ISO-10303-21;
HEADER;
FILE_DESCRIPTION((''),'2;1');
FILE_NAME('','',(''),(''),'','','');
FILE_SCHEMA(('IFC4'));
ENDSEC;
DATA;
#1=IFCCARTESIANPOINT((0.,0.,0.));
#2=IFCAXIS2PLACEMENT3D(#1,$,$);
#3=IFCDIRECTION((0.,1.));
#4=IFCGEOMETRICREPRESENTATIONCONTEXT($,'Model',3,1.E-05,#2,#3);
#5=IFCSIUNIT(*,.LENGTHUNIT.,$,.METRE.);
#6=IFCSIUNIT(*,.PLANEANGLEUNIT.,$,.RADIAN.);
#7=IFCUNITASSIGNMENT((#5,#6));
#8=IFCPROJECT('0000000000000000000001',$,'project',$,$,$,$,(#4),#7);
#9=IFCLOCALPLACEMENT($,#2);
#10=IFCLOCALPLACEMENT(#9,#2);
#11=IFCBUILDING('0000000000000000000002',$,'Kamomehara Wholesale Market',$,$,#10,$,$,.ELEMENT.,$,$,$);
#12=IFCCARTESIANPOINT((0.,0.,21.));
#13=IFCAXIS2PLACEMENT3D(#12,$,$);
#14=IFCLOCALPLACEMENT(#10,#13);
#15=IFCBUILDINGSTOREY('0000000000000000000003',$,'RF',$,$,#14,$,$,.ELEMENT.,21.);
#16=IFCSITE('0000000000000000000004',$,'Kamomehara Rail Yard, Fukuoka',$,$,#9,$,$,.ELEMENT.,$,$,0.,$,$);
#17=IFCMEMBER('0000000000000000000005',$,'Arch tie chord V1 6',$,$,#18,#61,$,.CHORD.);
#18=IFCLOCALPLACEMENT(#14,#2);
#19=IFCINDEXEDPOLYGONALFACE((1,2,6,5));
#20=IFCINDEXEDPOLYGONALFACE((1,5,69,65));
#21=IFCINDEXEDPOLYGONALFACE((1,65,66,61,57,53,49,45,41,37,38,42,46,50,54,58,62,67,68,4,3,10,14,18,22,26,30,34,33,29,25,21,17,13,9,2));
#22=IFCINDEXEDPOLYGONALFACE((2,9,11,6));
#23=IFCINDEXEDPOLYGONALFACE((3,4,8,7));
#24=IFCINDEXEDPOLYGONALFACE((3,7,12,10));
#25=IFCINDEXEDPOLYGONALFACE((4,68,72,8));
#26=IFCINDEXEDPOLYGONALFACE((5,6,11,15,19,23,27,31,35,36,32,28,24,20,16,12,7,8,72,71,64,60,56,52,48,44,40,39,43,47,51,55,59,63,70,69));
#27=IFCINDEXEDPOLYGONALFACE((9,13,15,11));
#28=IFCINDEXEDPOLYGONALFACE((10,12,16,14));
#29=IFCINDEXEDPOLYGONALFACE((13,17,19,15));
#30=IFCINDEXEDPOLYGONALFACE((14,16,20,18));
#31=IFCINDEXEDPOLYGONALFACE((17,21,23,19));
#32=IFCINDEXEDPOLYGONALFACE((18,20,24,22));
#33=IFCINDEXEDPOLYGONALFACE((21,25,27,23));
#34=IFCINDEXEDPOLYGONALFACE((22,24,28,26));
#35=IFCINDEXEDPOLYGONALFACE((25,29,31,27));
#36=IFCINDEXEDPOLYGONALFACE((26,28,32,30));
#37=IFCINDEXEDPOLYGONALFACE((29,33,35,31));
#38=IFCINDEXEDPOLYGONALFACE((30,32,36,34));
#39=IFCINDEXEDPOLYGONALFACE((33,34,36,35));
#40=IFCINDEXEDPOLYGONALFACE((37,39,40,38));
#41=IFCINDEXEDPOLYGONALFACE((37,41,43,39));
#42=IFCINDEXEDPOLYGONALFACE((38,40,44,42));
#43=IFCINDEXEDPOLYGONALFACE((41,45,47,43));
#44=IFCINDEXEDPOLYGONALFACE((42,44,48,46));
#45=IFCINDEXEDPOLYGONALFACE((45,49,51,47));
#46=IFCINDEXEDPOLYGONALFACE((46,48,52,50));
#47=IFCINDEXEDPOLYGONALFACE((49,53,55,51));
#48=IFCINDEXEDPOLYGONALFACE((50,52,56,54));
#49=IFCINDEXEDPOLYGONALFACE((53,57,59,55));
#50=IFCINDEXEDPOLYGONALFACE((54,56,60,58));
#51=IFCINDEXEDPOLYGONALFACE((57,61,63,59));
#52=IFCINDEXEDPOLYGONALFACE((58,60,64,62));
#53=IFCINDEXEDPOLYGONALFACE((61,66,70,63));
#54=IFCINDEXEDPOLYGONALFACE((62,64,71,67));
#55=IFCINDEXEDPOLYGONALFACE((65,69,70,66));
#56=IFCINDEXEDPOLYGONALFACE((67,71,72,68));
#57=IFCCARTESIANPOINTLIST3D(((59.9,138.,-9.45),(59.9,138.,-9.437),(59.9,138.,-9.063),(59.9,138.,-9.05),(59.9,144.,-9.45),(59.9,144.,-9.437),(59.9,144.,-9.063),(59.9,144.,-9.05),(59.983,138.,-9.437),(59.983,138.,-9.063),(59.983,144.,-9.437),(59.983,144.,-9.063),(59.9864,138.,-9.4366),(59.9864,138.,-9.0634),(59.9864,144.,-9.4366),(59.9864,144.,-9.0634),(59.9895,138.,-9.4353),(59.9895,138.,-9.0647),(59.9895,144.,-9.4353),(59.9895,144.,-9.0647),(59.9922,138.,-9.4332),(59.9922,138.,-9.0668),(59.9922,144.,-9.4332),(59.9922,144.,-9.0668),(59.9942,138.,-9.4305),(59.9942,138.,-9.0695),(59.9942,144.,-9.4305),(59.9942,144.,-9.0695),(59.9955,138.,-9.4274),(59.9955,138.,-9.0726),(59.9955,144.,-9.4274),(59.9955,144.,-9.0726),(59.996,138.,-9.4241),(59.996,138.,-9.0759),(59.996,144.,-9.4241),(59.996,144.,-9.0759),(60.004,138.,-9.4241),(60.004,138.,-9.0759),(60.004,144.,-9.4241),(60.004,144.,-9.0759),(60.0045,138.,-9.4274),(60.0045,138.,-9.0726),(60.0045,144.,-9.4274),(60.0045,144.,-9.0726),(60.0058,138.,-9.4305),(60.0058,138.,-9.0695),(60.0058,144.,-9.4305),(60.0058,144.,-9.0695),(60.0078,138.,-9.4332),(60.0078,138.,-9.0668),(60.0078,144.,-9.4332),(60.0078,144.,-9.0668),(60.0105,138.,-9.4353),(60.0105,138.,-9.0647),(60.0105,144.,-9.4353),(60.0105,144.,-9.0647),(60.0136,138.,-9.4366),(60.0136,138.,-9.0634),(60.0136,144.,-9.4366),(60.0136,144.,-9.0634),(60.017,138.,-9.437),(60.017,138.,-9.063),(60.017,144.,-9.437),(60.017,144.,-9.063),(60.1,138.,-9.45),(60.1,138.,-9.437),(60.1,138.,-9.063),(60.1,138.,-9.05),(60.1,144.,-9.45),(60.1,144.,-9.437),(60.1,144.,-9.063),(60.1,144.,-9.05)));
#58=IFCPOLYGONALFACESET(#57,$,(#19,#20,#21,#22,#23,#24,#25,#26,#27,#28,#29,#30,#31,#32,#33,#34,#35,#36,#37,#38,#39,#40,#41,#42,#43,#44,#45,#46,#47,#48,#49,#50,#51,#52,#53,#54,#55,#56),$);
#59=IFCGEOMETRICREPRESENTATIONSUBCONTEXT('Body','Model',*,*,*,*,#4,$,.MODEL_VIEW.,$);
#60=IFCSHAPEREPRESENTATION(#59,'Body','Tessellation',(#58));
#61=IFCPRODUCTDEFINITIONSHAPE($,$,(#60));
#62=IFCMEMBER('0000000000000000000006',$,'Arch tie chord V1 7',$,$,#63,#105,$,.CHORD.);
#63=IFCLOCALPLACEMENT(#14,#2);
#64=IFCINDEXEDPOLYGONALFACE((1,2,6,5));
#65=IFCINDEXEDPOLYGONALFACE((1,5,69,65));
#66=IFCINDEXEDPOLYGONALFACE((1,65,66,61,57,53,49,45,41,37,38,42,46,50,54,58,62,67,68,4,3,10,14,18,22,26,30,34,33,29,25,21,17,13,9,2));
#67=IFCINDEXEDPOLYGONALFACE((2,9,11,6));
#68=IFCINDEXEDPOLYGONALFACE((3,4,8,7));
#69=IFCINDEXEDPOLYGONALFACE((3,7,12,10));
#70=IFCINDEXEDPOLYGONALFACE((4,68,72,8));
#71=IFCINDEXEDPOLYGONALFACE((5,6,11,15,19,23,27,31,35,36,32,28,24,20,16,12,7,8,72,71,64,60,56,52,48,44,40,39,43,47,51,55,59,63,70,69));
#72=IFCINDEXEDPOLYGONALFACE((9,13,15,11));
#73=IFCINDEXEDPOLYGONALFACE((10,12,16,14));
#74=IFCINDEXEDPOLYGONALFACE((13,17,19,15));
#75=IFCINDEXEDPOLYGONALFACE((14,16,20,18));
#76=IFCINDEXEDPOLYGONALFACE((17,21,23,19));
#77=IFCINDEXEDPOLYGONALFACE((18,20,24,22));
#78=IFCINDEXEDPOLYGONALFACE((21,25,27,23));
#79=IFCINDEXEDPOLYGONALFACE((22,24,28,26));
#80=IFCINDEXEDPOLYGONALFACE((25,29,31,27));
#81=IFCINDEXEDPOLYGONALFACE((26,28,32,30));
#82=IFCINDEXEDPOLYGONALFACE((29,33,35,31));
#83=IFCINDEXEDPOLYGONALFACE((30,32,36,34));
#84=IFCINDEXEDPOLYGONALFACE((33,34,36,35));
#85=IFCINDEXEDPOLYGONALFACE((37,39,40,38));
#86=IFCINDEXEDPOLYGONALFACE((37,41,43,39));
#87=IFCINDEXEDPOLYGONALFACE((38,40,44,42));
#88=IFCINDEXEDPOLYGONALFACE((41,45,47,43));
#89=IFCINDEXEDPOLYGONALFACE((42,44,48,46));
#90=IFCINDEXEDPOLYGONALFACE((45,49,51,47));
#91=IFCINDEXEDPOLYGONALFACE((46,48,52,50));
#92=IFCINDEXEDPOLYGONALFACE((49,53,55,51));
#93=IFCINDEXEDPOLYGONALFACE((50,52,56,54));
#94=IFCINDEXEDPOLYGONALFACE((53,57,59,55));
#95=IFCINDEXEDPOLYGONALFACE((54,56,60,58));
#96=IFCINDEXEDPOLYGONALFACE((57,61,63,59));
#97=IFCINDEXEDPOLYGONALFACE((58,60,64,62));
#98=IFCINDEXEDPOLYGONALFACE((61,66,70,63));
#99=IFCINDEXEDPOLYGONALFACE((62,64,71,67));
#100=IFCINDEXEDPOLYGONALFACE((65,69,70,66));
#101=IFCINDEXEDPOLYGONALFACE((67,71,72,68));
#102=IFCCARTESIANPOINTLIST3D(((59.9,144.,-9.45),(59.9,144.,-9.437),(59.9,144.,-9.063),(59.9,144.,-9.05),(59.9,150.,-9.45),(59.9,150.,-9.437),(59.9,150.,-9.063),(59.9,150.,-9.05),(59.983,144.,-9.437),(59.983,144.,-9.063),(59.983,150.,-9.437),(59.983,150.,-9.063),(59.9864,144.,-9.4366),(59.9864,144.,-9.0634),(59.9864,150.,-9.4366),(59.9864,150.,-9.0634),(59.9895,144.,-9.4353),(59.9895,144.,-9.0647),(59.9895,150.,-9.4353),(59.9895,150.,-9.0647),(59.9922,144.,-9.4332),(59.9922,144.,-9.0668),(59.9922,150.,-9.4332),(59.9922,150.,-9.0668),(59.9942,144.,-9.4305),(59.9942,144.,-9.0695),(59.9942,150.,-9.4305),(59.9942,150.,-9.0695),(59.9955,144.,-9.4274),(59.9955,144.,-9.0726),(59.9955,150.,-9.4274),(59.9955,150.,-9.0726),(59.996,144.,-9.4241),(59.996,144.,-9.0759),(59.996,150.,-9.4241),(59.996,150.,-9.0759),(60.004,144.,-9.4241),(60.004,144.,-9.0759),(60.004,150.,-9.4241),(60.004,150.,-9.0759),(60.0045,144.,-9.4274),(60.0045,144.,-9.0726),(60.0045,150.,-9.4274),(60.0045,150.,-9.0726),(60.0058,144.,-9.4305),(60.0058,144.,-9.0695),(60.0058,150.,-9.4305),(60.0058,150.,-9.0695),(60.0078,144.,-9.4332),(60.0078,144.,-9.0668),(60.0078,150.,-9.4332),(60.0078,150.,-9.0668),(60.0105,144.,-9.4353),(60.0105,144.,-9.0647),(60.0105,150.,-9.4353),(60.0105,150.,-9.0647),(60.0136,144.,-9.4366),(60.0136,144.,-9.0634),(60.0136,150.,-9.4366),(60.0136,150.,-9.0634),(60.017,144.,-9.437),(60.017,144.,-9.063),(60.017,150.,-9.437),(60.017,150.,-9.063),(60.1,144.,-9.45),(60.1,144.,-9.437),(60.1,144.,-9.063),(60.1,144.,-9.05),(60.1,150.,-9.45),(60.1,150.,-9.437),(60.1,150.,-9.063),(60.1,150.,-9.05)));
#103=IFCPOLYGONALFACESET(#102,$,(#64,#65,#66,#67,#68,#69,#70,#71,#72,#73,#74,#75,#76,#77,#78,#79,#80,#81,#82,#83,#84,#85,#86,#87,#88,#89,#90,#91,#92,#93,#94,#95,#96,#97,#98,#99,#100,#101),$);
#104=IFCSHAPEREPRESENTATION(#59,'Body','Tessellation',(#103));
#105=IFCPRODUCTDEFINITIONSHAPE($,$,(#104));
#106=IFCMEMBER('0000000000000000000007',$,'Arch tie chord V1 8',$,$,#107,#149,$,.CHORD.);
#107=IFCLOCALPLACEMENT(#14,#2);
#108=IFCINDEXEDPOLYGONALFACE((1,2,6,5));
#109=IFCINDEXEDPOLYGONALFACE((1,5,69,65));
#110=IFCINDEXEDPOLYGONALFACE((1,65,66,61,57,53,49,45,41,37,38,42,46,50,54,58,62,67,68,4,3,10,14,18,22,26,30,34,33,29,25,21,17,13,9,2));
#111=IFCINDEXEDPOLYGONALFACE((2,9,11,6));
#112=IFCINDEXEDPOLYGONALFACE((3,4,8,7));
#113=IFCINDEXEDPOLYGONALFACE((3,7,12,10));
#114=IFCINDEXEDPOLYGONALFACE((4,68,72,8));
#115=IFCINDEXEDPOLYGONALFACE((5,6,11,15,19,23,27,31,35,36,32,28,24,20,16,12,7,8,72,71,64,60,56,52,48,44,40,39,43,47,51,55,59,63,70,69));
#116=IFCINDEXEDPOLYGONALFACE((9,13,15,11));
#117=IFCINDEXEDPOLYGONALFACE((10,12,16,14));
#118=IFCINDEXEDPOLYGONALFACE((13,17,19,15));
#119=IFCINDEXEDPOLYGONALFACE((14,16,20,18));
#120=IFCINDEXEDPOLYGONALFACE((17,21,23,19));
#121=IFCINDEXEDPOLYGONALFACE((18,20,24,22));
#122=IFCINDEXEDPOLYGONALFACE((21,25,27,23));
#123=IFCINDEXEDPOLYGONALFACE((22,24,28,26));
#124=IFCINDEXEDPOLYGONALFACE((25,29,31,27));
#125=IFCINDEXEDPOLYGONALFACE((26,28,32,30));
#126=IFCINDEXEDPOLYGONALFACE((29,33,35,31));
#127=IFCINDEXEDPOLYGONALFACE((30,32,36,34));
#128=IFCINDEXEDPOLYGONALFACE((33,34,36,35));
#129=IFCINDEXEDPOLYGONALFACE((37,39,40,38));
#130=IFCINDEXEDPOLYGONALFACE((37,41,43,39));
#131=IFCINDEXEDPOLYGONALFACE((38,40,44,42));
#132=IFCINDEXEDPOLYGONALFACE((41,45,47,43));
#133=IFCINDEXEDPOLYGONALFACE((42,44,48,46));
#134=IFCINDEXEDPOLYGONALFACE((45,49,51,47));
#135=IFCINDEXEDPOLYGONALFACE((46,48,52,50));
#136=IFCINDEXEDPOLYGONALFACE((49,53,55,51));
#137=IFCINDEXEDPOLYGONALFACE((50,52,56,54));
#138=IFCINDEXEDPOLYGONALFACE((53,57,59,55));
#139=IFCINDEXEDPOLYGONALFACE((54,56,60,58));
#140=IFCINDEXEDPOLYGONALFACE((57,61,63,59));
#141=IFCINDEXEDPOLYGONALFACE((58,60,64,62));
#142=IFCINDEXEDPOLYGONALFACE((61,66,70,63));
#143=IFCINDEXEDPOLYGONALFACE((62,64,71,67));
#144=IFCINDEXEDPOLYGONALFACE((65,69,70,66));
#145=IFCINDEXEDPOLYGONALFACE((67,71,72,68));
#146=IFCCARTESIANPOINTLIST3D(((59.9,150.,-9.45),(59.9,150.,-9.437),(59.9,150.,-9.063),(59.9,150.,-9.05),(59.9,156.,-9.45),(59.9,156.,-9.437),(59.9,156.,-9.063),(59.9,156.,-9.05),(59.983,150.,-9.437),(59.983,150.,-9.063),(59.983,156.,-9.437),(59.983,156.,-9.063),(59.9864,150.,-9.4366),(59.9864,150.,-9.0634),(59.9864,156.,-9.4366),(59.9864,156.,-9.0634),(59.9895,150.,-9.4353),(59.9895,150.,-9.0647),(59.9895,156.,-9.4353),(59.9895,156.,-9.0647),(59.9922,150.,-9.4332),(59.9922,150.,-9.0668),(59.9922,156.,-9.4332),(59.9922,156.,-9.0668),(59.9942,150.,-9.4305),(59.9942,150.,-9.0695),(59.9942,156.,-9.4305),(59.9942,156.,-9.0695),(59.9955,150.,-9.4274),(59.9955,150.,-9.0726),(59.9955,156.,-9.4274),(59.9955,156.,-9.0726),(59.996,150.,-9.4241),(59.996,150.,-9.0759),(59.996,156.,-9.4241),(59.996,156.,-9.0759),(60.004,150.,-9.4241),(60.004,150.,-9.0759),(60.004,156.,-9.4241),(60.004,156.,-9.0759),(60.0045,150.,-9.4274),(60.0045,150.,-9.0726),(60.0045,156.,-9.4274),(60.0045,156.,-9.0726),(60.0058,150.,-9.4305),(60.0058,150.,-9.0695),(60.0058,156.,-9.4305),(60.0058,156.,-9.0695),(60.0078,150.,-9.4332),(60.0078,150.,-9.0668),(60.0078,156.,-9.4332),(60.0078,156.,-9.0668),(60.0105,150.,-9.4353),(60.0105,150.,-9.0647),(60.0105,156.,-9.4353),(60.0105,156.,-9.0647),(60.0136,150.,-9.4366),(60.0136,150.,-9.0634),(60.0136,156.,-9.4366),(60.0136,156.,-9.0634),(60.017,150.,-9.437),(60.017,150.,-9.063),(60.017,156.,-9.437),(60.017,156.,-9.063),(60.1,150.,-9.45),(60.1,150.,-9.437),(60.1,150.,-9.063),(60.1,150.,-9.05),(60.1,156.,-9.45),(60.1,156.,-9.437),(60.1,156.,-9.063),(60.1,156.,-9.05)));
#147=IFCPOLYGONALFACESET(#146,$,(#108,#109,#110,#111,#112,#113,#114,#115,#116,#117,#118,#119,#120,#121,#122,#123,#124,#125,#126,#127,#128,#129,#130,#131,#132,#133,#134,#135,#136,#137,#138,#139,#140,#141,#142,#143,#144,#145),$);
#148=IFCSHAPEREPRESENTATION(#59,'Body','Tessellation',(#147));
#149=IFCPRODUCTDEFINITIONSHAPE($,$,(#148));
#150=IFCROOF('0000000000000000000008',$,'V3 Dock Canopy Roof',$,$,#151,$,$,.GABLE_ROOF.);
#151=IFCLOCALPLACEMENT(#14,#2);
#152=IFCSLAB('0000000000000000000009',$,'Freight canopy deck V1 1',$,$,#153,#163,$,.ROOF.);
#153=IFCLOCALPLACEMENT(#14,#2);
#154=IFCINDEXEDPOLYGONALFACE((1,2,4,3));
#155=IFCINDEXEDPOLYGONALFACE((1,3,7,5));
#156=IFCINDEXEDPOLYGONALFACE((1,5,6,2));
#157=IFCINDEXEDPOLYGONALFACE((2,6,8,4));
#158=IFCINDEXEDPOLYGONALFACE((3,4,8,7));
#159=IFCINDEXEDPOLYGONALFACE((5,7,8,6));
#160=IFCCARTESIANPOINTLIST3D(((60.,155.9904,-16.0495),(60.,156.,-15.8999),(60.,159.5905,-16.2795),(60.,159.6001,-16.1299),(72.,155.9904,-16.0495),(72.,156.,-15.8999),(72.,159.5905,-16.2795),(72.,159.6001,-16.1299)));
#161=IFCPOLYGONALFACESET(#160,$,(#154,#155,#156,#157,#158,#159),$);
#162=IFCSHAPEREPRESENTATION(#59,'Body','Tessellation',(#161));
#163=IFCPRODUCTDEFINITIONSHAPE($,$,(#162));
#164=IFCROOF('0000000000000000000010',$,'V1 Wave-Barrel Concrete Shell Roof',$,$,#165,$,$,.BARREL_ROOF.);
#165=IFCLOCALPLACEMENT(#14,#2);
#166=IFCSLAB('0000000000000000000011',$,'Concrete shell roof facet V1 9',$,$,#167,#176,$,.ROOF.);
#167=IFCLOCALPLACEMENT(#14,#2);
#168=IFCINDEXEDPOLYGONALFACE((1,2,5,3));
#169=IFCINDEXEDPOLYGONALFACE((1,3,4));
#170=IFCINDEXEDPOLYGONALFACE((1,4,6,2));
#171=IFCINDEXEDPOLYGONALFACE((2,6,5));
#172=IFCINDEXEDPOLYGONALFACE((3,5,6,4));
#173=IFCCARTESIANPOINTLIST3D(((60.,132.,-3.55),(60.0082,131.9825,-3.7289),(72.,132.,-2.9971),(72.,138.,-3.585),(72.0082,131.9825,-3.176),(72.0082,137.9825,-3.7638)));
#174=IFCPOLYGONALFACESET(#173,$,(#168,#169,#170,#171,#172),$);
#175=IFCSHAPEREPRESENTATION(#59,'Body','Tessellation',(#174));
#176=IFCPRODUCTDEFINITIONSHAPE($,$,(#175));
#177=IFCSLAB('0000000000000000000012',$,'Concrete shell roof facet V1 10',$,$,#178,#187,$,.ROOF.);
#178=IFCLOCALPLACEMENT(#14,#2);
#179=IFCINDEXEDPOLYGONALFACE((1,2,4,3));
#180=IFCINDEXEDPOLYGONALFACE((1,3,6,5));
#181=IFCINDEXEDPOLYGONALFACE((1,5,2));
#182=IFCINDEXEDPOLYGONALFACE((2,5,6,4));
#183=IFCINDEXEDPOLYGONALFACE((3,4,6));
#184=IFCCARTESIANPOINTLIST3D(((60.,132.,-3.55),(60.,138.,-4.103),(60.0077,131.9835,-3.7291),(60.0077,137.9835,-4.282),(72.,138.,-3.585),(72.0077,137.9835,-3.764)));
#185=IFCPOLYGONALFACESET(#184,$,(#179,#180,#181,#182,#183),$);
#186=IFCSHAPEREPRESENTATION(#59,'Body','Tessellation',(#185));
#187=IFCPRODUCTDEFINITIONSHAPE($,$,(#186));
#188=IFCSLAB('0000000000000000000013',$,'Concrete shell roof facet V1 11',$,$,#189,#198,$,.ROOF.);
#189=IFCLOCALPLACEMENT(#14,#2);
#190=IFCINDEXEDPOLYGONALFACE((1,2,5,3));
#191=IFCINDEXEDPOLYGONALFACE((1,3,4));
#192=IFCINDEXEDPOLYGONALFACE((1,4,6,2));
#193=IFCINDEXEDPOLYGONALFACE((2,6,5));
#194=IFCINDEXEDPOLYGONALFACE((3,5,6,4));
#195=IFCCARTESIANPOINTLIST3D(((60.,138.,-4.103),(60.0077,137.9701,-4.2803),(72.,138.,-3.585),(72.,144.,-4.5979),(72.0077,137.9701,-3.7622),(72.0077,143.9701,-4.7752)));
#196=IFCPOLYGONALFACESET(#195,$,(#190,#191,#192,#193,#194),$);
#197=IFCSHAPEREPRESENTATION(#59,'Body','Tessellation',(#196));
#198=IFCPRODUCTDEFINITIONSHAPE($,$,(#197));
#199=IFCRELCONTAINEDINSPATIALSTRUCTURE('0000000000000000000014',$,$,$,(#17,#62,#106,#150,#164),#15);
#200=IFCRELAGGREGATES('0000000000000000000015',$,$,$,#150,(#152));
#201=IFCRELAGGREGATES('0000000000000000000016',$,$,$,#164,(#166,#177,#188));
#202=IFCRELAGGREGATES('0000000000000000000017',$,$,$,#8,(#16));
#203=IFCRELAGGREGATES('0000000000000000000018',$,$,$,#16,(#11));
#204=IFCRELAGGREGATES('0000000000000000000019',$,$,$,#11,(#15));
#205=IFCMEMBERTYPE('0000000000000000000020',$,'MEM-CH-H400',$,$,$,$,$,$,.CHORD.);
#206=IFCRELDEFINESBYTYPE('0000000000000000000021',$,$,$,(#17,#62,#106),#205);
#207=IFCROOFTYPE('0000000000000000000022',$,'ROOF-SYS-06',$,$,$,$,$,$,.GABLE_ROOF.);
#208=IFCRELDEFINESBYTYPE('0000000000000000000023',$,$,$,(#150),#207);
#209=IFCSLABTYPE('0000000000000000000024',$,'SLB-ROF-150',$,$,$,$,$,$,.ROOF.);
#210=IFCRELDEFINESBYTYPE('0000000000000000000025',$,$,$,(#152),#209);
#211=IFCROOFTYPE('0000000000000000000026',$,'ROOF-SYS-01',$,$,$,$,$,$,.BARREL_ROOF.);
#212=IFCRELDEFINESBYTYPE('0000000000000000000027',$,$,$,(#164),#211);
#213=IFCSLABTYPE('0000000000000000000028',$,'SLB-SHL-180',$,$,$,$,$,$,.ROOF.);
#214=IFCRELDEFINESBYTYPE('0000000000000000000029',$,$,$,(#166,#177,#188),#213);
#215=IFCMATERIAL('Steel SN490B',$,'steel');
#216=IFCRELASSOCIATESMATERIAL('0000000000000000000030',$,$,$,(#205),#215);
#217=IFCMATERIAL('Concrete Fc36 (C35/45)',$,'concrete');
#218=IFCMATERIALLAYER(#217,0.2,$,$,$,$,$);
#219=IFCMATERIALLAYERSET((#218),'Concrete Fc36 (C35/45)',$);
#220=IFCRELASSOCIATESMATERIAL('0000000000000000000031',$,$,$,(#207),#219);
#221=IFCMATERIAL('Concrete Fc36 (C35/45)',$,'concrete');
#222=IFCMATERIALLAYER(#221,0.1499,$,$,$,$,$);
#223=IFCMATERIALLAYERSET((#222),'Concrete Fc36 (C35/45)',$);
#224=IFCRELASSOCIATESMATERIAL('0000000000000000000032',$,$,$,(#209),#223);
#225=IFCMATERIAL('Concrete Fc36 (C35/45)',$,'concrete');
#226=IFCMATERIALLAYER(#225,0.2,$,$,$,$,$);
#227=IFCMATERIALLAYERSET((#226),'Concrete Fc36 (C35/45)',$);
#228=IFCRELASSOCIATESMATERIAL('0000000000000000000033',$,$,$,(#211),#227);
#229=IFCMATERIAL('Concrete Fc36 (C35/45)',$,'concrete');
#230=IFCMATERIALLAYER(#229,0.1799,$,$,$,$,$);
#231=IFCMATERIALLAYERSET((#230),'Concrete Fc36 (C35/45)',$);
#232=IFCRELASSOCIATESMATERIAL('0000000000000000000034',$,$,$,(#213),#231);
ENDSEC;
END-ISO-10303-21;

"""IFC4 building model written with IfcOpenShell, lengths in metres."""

from ifc_helpers import new_model, si_unit, direction, frame, origin, origin_2d, place, context, subcontext, project, spatial, polyline, i_section, outline, extrude, material, layer, layer_set, material_profile, profile_set, type_object, element, aggregate, save


model = new_model("IFC4")

# Units and contexts
model_context = context("Model", 3, precision=1e-05, world=origin(), true_north=direction((0.0, 1.0)))
body_context = subcontext(model_context, "Body", "Model", "MODEL_VIEW")
ifc_project = project(units=[si_unit("LENGTHUNIT", "METRE"), si_unit("PLANEANGLEUNIT", "RADIAN")], contexts=[model_context])

# Site, building, storey
site_placement = place(None, origin())
site = spatial("IfcSite", under=ifc_project, at=site_placement, Name="Kamomehara Rail Yard, Fukuoka", CompositionType="ELEMENT", RefElevation=0.0)
building_placement = place(site_placement, origin())
building = spatial("IfcBuilding", under=site, at=building_placement, Name="Kamomehara Wholesale Market", CompositionType="ELEMENT")
storey_placement = place(building_placement, frame((0.0, 0.0, 21.0)))
storey = spatial("IfcBuildingStorey", under=building, at=storey_placement, Name="RF", CompositionType="ELEMENT", Elevation=21.0)

# Members
ifc_material_1 = material(Name="Steel SN490B", Category="steel")
ifc_material_profile_1 = material_profile(ifc_material_1, i_section(OverallWidth=0.2, OverallDepth=0.3999, WebThickness=0.0081, FlangeThickness=0.0129, FilletRadius=0.0129, at=origin_2d()), Name="H-400x200x8x13")
ifc_profile_set_1 = profile_set([ifc_material_profile_1], Name="Steel SN490B")
member_type_1 = type_object("IfcMemberType", Name="MEM-CH-H400", PredefinedType="CHORD", material=ifc_profile_set_1)
for number, where, z_axis, x_axis, name in (
    (1, (60.0, 138.0, -9.25), (0.0, 1.0, 0.0), (-1.0, 0.0, 0.0), "Arch tie chord V1 6"),
    (2, (60.0, 144.0, -9.25), (0.0, 1.0, 0.0), (-1.0, 0.0, 0.0), "Arch tie chord V1 7"),
    (3, (60.0, 150.0, -9.25), (0.0, 1.0, 0.0), (-1.0, 0.0, 0.0), "Arch tie chord V1 8"),
):
    element("IfcMember", number, at=place(storey_placement, frame(where, z_axis=z_axis, x_axis=x_axis)), inside=storey, type_object=member_type_1, Name=name, PredefinedType="CHORD", context=body_context, shape_type="SweptSolid", body=[
        extrude(i_section(OverallWidth=0.2, OverallDepth=0.3999, WebThickness=0.0081, FlangeThickness=0.0129, FilletRadius=0.0129, at=origin_2d()), origin(), (0.0, 0.0, 1.0), 6.0),
    ])

# Roof, slab
ifc_material_2 = material(Name="Concrete Fc36 (C35/45)", Category="concrete")
ifc_layer_1 = layer(ifc_material_2, 0.2)
ifc_layer_set_1 = layer_set([ifc_layer_1], Name="Concrete Fc36 (C35/45)")
roof_type_1 = type_object("IfcRoofType", Name="ROOF-SYS-06", PredefinedType="GABLE_ROOF", material=ifc_layer_set_1)
roof_1_placement = place(storey_placement, origin())
roof_1 = element("IfcRoof", 4, at=roof_1_placement, inside=storey, type_object=roof_type_1, Name="V3 Dock Canopy Roof", PredefinedType="GABLE_ROOF")
ifc_material_3 = material(Name="Concrete Fc36 (C35/45)", Category="concrete")
ifc_layer_2 = layer(ifc_material_3, 0.1499)
ifc_layer_set_2 = layer_set([ifc_layer_2], Name="Concrete Fc36 (C35/45)")
slab_type_1 = type_object("IfcSlabType", Name="SLB-ROF-150", PredefinedType="ROOF", material=ifc_layer_set_2)
slab_1_placement = place(storey_placement, frame((60.0, 156.0, -15.8999), z_axis=(0.0, 0.063752, 0.997966), x_axis=(1.0, 0.0, 0.0)))
slab_1 = element("IfcSlab", 5, at=slab_1_placement, type_object=slab_type_1, Name="Freight canopy deck V1 1", PredefinedType="ROOF", context=body_context, shape_type="SweptSolid", body=[
    extrude(outline(polyline([(0.0, 0.0), (12.0, 0.0), (12.0, 3.6074), (0.0, 3.6074), (0.0, 0.0)])), origin(), (0.0, 0.0, -1.0), 0.1499),
])
aggregate(roof_1, [slab_1])

# Roof, slabs
ifc_material_4 = material(Name="Concrete Fc36 (C35/45)", Category="concrete")
ifc_layer_3 = layer(ifc_material_4, 0.2)
ifc_layer_set_3 = layer_set([ifc_layer_3], Name="Concrete Fc36 (C35/45)")
roof_type_2 = type_object("IfcRoofType", Name="ROOF-SYS-01", PredefinedType="BARREL_ROOF", material=ifc_layer_set_3)
roof_2_placement = place(storey_placement, origin())
roof_2 = element("IfcRoof", 6, at=roof_2_placement, inside=storey, type_object=roof_type_2, Name="V1 Wave-Barrel Concrete Shell Roof", PredefinedType="BARREL_ROOF")
ifc_material_5 = material(Name="Concrete Fc36 (C35/45)", Category="concrete")
ifc_layer_4 = layer(ifc_material_5, 0.1799)
ifc_layer_set_4 = layer_set([ifc_layer_4], Name="Concrete Fc36 (C35/45)")
slab_type_2 = type_object("IfcSlabType", Name="SLB-SHL-180", PredefinedType="ROOF", material=ifc_layer_set_4)
slab_2_placement = place(storey_placement, frame((60.0, 132.0, -3.55), z_axis=(-0.045814, 0.097412, 0.994189), x_axis=(0.99894, 0.0, 0.046033)))
slab_2 = element("IfcSlab", 7, at=slab_2_placement, type_object=slab_type_2, Name="Concrete shell roof facet V1 9", PredefinedType="ROOF", context=body_context, shape_type="SweptSolid", body=[
    extrude(outline(polyline([(0.0, 0.0), (12.0127, 0.0), (11.9857, 6.0287), (0.0, 0.0)])), origin(), (0.0, 0.0, -1.0), 0.1799),
])
slab_3_placement = place(storey_placement, frame((60.0, 132.0, -3.55), z_axis=(-0.04295, 0.091689, 0.994861), x_axis=(0.894424, 0.447212, -0.002602)))
slab_3 = element("IfcSlab", 8, at=slab_3_placement, type_object=slab_type_2, Name="Concrete shell roof facet V1 10", PredefinedType="ROOF", context=body_context, shape_type="SweptSolid", body=[
    extrude(outline(polyline([(0.0, 0.0), (13.4165, 0.0), (2.6847, 5.3943), (0.0, 0.0)])), origin(), (0.0, 0.0, -1.0), 0.1799),
])
slab_4_placement = place(storey_placement, frame((60.0, 138.0, -4.103), z_axis=(-0.042531, 0.166317, 0.985155), x_axis=(0.999069, 0.0, 0.043132)))
slab_4 = element("IfcSlab", 9, at=slab_4_placement, type_object=slab_type_2, Name="Concrete shell roof facet V1 11", PredefinedType="ROOF", context=body_context, shape_type="SweptSolid", body=[
    extrude(outline(polyline([(0.0, 0.0), (12.0112, 0.0), (11.9675, 6.0847), (0.0, 0.0)])), origin(), (0.0, 0.0, -1.0), 0.1799),
])
aggregate(roof_2, [slab_2, slab_3, slab_4])

save(model, "model.ifc")
